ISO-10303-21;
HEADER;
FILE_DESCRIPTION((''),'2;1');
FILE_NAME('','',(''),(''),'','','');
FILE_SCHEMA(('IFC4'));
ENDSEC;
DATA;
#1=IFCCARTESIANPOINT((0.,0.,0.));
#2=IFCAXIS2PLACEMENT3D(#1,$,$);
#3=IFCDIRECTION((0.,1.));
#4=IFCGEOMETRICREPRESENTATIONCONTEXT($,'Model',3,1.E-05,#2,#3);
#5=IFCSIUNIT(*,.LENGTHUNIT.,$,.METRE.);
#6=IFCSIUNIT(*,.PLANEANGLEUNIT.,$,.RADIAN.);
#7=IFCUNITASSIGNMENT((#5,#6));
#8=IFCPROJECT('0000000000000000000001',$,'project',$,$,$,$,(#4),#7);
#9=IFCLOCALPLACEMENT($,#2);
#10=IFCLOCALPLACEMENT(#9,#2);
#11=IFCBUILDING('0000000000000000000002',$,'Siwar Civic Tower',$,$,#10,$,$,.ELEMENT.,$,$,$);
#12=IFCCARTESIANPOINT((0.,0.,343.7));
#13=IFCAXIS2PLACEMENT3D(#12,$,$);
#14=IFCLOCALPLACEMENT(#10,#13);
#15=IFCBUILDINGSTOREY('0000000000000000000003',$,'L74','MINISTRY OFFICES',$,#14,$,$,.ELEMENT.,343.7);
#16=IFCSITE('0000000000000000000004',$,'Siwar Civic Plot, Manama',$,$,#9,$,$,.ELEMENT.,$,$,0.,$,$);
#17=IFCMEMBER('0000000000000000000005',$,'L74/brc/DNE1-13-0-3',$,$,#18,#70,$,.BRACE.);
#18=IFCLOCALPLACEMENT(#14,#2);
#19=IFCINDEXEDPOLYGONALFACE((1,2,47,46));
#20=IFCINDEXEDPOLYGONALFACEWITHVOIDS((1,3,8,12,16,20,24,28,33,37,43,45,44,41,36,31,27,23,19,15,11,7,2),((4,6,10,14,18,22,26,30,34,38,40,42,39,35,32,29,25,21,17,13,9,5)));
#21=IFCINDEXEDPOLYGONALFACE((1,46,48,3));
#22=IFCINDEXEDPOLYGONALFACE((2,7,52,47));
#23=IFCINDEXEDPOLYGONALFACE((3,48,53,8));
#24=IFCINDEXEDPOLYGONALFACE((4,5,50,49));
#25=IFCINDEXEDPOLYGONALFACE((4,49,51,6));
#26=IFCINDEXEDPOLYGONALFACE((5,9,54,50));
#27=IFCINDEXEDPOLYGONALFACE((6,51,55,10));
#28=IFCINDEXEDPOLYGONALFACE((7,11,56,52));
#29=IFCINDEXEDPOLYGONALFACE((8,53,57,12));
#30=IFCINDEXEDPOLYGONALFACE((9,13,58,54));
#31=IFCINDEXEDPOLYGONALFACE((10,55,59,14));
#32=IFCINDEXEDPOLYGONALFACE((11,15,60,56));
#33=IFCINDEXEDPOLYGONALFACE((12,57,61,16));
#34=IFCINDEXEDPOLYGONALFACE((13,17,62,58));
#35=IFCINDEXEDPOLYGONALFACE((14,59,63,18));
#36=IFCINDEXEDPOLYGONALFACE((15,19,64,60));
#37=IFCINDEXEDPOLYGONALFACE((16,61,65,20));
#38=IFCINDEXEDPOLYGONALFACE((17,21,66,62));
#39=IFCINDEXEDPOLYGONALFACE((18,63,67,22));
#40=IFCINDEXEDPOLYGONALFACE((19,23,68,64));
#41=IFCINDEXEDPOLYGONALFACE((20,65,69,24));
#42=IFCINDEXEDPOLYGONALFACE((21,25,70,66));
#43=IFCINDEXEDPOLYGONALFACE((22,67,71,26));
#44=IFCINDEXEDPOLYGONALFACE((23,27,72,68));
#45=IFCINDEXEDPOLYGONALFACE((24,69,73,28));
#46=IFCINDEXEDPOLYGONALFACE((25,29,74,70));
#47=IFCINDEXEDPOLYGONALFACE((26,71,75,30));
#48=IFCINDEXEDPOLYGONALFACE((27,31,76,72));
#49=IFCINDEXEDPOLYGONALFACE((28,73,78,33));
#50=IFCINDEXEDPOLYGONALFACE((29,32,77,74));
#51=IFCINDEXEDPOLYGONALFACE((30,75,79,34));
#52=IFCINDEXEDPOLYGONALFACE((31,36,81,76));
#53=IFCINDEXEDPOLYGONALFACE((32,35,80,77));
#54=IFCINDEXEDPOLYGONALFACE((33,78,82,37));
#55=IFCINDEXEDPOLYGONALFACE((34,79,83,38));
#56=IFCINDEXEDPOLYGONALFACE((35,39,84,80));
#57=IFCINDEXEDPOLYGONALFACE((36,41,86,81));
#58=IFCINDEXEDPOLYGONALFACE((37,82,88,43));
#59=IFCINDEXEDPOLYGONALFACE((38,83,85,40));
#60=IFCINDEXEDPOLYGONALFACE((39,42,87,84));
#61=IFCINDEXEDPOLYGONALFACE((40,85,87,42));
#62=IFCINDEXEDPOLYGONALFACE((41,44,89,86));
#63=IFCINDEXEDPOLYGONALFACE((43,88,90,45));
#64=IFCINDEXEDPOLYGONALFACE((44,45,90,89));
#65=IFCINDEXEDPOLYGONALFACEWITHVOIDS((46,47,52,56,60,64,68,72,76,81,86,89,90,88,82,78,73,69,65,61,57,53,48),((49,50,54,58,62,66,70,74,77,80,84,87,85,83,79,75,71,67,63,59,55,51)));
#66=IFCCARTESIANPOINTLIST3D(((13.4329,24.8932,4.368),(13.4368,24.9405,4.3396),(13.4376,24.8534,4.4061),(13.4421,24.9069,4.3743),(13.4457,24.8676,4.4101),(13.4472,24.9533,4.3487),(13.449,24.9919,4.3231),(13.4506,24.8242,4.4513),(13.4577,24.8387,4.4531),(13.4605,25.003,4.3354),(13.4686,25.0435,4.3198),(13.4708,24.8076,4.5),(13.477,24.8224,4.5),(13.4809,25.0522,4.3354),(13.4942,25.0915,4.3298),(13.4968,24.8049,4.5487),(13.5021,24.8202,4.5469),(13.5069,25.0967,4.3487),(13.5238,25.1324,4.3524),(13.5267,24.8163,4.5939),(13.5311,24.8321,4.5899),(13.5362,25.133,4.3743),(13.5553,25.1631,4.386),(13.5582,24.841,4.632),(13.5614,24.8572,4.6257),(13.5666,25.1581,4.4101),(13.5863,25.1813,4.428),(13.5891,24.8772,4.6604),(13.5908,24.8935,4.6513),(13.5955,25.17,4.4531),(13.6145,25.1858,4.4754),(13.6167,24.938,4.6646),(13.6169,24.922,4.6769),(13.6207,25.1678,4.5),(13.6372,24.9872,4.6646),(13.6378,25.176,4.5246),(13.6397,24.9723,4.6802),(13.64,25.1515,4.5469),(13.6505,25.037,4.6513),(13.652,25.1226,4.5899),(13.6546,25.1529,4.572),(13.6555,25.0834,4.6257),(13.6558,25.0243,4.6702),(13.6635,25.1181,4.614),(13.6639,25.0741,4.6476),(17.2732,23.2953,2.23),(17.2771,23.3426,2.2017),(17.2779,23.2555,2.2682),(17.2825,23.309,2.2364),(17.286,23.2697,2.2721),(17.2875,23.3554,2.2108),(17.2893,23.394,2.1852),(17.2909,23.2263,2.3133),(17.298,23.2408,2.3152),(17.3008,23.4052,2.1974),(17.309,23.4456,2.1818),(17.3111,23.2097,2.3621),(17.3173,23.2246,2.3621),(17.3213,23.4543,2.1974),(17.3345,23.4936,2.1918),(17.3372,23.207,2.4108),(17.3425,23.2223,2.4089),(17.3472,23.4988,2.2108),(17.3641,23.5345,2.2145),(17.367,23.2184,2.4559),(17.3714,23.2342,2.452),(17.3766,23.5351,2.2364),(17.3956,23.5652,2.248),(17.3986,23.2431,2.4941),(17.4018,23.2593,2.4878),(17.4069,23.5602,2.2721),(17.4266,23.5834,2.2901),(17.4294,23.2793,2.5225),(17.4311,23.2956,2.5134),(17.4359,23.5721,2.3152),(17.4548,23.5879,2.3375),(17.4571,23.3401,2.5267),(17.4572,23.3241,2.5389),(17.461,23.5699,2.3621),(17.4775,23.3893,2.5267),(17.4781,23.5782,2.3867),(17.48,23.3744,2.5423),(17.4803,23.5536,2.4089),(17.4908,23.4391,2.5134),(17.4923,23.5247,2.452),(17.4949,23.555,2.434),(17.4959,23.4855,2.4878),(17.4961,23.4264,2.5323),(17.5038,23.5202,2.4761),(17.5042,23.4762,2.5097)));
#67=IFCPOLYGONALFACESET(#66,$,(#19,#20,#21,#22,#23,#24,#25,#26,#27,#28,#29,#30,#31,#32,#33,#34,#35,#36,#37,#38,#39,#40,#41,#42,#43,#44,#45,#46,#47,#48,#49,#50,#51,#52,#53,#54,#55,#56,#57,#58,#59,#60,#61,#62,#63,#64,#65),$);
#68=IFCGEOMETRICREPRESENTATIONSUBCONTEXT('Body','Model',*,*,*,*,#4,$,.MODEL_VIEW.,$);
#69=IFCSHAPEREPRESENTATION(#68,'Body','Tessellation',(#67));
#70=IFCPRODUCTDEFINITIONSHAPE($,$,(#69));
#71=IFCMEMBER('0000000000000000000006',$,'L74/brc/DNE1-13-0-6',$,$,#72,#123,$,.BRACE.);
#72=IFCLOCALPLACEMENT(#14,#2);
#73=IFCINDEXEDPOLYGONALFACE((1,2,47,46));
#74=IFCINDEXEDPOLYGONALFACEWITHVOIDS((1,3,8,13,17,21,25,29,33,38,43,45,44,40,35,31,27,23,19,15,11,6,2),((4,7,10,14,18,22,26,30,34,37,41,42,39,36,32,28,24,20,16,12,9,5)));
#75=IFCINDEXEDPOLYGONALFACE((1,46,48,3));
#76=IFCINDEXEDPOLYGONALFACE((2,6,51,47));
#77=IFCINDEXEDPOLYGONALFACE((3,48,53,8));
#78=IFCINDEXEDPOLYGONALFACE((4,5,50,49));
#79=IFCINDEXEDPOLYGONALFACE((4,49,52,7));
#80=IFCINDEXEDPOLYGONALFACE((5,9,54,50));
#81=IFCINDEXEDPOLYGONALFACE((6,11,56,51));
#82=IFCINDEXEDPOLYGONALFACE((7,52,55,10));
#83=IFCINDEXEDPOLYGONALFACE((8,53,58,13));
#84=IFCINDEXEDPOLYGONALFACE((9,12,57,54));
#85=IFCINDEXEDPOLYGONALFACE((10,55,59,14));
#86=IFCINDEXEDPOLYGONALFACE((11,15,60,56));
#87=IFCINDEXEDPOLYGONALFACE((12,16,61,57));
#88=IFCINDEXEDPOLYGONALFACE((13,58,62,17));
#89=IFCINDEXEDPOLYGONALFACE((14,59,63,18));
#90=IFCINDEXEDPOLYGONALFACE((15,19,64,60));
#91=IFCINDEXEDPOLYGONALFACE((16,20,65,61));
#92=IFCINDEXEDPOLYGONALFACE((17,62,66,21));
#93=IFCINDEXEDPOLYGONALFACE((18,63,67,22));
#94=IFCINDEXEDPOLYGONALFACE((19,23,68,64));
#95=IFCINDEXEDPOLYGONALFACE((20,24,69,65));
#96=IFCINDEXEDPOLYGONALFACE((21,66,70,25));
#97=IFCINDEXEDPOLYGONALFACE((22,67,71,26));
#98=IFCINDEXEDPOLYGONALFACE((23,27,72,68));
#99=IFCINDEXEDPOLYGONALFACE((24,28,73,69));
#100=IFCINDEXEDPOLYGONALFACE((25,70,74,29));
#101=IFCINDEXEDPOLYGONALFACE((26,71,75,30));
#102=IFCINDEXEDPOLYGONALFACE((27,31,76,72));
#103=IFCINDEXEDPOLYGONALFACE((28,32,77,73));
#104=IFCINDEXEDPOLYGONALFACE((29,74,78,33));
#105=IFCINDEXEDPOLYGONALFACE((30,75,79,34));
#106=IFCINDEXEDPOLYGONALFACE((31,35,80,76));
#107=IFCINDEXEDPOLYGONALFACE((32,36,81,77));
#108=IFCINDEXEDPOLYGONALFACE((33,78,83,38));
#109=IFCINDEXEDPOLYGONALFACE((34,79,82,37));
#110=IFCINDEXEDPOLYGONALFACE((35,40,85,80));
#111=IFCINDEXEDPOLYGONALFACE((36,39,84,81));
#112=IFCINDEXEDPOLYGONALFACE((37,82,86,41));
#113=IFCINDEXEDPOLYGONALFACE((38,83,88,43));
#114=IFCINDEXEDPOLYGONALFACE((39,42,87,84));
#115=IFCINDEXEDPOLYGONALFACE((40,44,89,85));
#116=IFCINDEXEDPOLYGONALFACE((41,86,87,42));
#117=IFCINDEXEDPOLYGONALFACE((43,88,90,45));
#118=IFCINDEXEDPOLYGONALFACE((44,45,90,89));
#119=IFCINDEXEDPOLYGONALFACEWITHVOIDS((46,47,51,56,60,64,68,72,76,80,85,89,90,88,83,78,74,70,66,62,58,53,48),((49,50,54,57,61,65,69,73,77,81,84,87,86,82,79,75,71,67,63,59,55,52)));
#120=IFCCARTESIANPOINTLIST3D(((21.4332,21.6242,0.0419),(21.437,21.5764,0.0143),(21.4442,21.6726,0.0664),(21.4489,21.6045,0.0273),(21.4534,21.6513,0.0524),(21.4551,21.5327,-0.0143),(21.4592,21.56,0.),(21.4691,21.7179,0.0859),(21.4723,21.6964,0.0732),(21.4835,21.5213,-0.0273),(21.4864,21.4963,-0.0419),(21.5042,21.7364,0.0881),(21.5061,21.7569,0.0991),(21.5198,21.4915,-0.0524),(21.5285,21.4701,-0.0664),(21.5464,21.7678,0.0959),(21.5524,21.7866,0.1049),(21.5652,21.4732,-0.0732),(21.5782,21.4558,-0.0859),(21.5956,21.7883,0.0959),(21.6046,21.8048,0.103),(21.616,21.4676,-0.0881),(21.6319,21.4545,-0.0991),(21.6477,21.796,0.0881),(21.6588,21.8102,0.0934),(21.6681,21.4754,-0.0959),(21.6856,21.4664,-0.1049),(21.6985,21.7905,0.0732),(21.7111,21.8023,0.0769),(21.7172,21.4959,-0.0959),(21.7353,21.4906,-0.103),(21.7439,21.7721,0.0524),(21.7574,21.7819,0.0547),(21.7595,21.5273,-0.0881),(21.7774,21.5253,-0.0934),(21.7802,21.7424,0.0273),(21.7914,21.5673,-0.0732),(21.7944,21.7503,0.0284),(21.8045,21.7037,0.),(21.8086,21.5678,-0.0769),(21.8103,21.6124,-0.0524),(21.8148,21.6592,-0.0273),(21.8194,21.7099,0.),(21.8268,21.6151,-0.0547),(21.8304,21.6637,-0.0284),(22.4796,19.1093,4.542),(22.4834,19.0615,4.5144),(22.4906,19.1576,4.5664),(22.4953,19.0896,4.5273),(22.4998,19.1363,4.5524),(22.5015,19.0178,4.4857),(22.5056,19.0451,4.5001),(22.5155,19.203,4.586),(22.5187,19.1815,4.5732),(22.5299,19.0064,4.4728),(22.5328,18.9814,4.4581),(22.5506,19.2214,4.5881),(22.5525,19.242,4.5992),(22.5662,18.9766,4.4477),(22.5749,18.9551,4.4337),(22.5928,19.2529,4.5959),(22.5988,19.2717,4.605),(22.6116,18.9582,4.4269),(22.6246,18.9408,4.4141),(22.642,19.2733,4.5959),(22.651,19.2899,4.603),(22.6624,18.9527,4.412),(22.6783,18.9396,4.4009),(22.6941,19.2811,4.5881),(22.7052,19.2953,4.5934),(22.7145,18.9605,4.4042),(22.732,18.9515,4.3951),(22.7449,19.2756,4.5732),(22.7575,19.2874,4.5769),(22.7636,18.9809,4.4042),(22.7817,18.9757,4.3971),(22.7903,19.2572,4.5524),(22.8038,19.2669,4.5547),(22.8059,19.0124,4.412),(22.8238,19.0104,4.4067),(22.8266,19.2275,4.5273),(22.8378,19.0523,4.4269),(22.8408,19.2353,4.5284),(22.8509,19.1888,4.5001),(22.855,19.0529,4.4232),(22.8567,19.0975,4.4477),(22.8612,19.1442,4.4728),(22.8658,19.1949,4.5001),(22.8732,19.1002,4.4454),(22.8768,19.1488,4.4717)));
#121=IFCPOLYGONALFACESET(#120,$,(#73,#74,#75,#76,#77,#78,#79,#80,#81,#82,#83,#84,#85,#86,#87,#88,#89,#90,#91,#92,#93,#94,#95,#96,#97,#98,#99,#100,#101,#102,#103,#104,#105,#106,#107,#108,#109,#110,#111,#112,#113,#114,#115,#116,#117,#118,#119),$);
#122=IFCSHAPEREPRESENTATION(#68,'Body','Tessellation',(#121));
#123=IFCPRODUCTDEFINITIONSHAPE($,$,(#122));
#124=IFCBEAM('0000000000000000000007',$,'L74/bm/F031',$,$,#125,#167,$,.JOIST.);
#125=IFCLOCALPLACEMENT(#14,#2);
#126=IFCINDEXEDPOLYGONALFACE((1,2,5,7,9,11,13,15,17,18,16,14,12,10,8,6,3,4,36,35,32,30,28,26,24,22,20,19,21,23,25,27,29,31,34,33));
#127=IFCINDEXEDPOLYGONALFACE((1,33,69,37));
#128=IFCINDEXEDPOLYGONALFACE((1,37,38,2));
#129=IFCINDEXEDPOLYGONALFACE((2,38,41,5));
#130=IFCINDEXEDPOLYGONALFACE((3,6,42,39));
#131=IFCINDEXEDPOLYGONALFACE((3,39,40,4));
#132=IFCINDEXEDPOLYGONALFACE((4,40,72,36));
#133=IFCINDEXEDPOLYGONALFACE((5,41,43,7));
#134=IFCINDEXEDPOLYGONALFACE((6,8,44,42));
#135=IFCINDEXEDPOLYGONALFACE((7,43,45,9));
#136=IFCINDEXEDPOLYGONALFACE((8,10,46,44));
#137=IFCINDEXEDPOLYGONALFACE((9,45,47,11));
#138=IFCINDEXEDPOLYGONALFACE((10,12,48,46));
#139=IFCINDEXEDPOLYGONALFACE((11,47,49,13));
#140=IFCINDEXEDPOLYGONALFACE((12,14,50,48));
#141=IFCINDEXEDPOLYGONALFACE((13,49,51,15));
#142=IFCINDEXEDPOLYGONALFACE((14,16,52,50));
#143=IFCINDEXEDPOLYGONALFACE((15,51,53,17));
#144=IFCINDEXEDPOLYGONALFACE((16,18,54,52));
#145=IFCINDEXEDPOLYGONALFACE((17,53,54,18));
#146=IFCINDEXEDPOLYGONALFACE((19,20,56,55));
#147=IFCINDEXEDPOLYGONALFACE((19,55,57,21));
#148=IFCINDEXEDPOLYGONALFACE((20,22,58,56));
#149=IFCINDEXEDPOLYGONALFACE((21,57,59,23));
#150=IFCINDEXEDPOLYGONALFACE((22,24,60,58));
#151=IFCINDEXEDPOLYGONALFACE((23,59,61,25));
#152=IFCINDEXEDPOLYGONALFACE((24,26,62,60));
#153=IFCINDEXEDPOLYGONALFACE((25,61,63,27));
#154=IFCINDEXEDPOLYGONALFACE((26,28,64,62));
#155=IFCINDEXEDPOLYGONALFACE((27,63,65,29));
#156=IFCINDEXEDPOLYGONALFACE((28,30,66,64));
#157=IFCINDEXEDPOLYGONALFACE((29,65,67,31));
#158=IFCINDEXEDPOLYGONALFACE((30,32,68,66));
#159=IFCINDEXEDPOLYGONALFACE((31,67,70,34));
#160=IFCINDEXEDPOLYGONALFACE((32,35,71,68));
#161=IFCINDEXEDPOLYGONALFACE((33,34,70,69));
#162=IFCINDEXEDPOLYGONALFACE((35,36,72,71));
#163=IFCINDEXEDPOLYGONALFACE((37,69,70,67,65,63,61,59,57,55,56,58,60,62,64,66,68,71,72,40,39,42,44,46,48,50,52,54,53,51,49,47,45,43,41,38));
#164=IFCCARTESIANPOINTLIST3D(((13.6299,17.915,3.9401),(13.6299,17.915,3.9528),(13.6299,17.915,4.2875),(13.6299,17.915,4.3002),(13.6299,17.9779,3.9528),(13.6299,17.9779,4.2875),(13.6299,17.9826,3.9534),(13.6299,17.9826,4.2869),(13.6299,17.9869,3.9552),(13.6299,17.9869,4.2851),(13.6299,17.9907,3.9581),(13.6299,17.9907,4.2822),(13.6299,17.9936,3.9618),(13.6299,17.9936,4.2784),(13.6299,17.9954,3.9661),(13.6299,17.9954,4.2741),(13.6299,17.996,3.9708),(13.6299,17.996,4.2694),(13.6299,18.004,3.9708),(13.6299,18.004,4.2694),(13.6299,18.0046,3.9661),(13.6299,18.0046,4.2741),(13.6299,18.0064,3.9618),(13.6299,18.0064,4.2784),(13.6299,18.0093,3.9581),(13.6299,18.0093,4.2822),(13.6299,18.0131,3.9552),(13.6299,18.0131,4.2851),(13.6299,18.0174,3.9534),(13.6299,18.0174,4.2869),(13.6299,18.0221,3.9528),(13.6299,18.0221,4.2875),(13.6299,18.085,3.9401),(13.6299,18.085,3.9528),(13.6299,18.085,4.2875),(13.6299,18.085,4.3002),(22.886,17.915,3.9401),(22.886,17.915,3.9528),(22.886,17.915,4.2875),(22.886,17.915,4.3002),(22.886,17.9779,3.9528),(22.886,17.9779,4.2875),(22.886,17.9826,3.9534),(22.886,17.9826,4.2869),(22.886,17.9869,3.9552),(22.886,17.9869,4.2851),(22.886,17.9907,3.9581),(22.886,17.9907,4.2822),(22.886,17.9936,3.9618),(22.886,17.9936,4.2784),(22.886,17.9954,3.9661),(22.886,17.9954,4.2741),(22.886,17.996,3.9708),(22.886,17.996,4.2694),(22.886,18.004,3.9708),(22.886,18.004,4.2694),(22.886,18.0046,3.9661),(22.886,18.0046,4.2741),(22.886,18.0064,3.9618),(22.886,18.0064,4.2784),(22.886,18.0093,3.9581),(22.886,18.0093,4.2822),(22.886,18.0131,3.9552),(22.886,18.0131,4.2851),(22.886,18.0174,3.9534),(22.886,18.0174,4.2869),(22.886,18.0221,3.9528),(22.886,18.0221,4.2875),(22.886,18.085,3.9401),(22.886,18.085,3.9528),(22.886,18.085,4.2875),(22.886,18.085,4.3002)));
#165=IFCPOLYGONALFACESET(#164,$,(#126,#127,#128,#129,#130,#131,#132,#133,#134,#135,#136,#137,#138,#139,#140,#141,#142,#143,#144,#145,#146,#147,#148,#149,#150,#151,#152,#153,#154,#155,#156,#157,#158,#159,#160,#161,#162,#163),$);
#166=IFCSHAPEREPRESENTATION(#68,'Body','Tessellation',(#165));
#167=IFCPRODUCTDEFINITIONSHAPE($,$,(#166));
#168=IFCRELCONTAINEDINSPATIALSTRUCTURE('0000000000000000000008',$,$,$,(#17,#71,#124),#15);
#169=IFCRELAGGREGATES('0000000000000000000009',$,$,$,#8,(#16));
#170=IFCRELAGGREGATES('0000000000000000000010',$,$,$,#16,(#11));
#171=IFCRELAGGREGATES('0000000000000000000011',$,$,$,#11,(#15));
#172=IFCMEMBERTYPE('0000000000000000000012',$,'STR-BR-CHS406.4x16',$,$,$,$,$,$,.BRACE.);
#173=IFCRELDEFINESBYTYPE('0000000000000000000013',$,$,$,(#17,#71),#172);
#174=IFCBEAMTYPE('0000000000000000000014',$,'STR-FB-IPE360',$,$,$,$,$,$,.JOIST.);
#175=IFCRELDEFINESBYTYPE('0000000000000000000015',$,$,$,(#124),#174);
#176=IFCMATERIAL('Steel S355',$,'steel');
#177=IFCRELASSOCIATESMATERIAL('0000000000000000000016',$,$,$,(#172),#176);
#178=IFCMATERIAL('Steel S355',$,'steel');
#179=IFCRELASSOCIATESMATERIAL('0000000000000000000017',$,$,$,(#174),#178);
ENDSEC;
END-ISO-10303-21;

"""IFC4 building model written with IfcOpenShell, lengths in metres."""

from ifc_helpers import new_model, si_unit, direction, frame, origin, origin_2d, place, context, subcontext, project, spatial, hollow_circle, i_section, extrude, material, material_profile, profile_set, type_object, element, save


model = new_model("IFC4")

# Units and contexts
model_context = context("Model", 3, precision=1e-05, world=origin(), true_north=direction((0.0, 1.0)))
body_context = subcontext(model_context, "Body", "Model", "MODEL_VIEW")
ifc_project = project(units=[si_unit("LENGTHUNIT", "METRE"), si_unit("PLANEANGLEUNIT", "RADIAN")], contexts=[model_context])

# Site, building, storey
site_placement = place(None, origin())
site = spatial("IfcSite", under=ifc_project, at=site_placement, Name="Siwar Civic Plot, Manama", CompositionType="ELEMENT", RefElevation=0.0)
building_placement = place(site_placement, origin())
building = spatial("IfcBuilding", under=site, at=building_placement, Name="Siwar Civic Tower", CompositionType="ELEMENT")
storey_placement = place(building_placement, frame((0.0, 0.0, 343.7)))
storey = spatial("IfcBuildingStorey", under=building, at=storey_placement, Name="L74", Description="MINISTRY OFFICES", CompositionType="ELEMENT", Elevation=343.7)

# Members
ifc_material_1 = material(Name="Steel S355", Category="steel")
ifc_material_profile_1 = material_profile(ifc_material_1, hollow_circle(Radius=0.2031, WallThickness=0.0161, at=origin_2d()), Name="CHS406.4x16")
ifc_profile_set_1 = profile_set([ifc_material_profile_1], Name="Steel S355")
member_type_1 = type_object("IfcMemberType", Name="STR-BR-CHS406.4x16", PredefinedType="BRACE", material=ifc_profile_set_1)
member_1_placement = place(storey_placement, frame((17.3892, 23.3972, 2.3621), z_axis=(-0.82115, 0.341667, 0.45714), x_axis=(-0.384157, -0.923268, 0.0)))
element("IfcMember", 1, at=member_1_placement, inside=storey, type_object=member_type_1, Name="L74/brc/DNE1-13-0-3", PredefinedType="BRACE", context=body_context, shape_type="SweptSolid", body=[
    extrude(hollow_circle(Radius=0.2031, WallThickness=0.0161, at=origin_2d()), origin(), (0.0, 0.0, 1.0), 4.6768),
])
member_2_placement = place(storey_placement, frame((21.6318, 21.6318, 0.0), z_axis=(0.198926, -0.478099, 0.855482), x_axis=(0.92327, 0.384151, 0.0)))
element("IfcMember", 2, at=member_2_placement, inside=storey, type_object=member_type_1, Name="L74/brc/DNE1-13-0-6", PredefinedType="BRACE", context=body_context, shape_type="SweptSolid", body=[
    extrude(hollow_circle(Radius=0.2031, WallThickness=0.0161, at=origin_2d()), origin(), (0.0, 0.0, 1.0), 5.2603),
])

# Beam
ifc_material_2 = material(Name="Steel S355", Category="steel")
ifc_material_profile_2 = material_profile(ifc_material_2, i_section(OverallWidth=0.1699, OverallDepth=0.3601, WebThickness=0.0081, FlangeThickness=0.0127, FilletRadius=0.0181, at=origin_2d()), Name="IPE360")
ifc_profile_set_2 = profile_set([ifc_material_profile_2], Name="Steel S355")
beam_type_1 = type_object("IfcBeamType", Name="STR-FB-IPE360", PredefinedType="JOIST", material=ifc_profile_set_2)
beam_1_placement = place(storey_placement, frame((13.6299, 18.0, 4.1201), z_axis=(1.0, 0.0, 0.0), x_axis=(0.0, 1.0, 0.0)))
element("IfcBeam", 3, at=beam_1_placement, inside=storey, type_object=beam_type_1, Name="L74/bm/F031", PredefinedType="JOIST", context=body_context, shape_type="SweptSolid", body=[
    extrude(i_section(OverallWidth=0.1699, OverallDepth=0.3601, WebThickness=0.0081, FlangeThickness=0.0127, FilletRadius=0.0181, at=origin_2d()), origin(), (0.0, 0.0, 1.0), 9.2561),
])

save(model, "model.ifc")
